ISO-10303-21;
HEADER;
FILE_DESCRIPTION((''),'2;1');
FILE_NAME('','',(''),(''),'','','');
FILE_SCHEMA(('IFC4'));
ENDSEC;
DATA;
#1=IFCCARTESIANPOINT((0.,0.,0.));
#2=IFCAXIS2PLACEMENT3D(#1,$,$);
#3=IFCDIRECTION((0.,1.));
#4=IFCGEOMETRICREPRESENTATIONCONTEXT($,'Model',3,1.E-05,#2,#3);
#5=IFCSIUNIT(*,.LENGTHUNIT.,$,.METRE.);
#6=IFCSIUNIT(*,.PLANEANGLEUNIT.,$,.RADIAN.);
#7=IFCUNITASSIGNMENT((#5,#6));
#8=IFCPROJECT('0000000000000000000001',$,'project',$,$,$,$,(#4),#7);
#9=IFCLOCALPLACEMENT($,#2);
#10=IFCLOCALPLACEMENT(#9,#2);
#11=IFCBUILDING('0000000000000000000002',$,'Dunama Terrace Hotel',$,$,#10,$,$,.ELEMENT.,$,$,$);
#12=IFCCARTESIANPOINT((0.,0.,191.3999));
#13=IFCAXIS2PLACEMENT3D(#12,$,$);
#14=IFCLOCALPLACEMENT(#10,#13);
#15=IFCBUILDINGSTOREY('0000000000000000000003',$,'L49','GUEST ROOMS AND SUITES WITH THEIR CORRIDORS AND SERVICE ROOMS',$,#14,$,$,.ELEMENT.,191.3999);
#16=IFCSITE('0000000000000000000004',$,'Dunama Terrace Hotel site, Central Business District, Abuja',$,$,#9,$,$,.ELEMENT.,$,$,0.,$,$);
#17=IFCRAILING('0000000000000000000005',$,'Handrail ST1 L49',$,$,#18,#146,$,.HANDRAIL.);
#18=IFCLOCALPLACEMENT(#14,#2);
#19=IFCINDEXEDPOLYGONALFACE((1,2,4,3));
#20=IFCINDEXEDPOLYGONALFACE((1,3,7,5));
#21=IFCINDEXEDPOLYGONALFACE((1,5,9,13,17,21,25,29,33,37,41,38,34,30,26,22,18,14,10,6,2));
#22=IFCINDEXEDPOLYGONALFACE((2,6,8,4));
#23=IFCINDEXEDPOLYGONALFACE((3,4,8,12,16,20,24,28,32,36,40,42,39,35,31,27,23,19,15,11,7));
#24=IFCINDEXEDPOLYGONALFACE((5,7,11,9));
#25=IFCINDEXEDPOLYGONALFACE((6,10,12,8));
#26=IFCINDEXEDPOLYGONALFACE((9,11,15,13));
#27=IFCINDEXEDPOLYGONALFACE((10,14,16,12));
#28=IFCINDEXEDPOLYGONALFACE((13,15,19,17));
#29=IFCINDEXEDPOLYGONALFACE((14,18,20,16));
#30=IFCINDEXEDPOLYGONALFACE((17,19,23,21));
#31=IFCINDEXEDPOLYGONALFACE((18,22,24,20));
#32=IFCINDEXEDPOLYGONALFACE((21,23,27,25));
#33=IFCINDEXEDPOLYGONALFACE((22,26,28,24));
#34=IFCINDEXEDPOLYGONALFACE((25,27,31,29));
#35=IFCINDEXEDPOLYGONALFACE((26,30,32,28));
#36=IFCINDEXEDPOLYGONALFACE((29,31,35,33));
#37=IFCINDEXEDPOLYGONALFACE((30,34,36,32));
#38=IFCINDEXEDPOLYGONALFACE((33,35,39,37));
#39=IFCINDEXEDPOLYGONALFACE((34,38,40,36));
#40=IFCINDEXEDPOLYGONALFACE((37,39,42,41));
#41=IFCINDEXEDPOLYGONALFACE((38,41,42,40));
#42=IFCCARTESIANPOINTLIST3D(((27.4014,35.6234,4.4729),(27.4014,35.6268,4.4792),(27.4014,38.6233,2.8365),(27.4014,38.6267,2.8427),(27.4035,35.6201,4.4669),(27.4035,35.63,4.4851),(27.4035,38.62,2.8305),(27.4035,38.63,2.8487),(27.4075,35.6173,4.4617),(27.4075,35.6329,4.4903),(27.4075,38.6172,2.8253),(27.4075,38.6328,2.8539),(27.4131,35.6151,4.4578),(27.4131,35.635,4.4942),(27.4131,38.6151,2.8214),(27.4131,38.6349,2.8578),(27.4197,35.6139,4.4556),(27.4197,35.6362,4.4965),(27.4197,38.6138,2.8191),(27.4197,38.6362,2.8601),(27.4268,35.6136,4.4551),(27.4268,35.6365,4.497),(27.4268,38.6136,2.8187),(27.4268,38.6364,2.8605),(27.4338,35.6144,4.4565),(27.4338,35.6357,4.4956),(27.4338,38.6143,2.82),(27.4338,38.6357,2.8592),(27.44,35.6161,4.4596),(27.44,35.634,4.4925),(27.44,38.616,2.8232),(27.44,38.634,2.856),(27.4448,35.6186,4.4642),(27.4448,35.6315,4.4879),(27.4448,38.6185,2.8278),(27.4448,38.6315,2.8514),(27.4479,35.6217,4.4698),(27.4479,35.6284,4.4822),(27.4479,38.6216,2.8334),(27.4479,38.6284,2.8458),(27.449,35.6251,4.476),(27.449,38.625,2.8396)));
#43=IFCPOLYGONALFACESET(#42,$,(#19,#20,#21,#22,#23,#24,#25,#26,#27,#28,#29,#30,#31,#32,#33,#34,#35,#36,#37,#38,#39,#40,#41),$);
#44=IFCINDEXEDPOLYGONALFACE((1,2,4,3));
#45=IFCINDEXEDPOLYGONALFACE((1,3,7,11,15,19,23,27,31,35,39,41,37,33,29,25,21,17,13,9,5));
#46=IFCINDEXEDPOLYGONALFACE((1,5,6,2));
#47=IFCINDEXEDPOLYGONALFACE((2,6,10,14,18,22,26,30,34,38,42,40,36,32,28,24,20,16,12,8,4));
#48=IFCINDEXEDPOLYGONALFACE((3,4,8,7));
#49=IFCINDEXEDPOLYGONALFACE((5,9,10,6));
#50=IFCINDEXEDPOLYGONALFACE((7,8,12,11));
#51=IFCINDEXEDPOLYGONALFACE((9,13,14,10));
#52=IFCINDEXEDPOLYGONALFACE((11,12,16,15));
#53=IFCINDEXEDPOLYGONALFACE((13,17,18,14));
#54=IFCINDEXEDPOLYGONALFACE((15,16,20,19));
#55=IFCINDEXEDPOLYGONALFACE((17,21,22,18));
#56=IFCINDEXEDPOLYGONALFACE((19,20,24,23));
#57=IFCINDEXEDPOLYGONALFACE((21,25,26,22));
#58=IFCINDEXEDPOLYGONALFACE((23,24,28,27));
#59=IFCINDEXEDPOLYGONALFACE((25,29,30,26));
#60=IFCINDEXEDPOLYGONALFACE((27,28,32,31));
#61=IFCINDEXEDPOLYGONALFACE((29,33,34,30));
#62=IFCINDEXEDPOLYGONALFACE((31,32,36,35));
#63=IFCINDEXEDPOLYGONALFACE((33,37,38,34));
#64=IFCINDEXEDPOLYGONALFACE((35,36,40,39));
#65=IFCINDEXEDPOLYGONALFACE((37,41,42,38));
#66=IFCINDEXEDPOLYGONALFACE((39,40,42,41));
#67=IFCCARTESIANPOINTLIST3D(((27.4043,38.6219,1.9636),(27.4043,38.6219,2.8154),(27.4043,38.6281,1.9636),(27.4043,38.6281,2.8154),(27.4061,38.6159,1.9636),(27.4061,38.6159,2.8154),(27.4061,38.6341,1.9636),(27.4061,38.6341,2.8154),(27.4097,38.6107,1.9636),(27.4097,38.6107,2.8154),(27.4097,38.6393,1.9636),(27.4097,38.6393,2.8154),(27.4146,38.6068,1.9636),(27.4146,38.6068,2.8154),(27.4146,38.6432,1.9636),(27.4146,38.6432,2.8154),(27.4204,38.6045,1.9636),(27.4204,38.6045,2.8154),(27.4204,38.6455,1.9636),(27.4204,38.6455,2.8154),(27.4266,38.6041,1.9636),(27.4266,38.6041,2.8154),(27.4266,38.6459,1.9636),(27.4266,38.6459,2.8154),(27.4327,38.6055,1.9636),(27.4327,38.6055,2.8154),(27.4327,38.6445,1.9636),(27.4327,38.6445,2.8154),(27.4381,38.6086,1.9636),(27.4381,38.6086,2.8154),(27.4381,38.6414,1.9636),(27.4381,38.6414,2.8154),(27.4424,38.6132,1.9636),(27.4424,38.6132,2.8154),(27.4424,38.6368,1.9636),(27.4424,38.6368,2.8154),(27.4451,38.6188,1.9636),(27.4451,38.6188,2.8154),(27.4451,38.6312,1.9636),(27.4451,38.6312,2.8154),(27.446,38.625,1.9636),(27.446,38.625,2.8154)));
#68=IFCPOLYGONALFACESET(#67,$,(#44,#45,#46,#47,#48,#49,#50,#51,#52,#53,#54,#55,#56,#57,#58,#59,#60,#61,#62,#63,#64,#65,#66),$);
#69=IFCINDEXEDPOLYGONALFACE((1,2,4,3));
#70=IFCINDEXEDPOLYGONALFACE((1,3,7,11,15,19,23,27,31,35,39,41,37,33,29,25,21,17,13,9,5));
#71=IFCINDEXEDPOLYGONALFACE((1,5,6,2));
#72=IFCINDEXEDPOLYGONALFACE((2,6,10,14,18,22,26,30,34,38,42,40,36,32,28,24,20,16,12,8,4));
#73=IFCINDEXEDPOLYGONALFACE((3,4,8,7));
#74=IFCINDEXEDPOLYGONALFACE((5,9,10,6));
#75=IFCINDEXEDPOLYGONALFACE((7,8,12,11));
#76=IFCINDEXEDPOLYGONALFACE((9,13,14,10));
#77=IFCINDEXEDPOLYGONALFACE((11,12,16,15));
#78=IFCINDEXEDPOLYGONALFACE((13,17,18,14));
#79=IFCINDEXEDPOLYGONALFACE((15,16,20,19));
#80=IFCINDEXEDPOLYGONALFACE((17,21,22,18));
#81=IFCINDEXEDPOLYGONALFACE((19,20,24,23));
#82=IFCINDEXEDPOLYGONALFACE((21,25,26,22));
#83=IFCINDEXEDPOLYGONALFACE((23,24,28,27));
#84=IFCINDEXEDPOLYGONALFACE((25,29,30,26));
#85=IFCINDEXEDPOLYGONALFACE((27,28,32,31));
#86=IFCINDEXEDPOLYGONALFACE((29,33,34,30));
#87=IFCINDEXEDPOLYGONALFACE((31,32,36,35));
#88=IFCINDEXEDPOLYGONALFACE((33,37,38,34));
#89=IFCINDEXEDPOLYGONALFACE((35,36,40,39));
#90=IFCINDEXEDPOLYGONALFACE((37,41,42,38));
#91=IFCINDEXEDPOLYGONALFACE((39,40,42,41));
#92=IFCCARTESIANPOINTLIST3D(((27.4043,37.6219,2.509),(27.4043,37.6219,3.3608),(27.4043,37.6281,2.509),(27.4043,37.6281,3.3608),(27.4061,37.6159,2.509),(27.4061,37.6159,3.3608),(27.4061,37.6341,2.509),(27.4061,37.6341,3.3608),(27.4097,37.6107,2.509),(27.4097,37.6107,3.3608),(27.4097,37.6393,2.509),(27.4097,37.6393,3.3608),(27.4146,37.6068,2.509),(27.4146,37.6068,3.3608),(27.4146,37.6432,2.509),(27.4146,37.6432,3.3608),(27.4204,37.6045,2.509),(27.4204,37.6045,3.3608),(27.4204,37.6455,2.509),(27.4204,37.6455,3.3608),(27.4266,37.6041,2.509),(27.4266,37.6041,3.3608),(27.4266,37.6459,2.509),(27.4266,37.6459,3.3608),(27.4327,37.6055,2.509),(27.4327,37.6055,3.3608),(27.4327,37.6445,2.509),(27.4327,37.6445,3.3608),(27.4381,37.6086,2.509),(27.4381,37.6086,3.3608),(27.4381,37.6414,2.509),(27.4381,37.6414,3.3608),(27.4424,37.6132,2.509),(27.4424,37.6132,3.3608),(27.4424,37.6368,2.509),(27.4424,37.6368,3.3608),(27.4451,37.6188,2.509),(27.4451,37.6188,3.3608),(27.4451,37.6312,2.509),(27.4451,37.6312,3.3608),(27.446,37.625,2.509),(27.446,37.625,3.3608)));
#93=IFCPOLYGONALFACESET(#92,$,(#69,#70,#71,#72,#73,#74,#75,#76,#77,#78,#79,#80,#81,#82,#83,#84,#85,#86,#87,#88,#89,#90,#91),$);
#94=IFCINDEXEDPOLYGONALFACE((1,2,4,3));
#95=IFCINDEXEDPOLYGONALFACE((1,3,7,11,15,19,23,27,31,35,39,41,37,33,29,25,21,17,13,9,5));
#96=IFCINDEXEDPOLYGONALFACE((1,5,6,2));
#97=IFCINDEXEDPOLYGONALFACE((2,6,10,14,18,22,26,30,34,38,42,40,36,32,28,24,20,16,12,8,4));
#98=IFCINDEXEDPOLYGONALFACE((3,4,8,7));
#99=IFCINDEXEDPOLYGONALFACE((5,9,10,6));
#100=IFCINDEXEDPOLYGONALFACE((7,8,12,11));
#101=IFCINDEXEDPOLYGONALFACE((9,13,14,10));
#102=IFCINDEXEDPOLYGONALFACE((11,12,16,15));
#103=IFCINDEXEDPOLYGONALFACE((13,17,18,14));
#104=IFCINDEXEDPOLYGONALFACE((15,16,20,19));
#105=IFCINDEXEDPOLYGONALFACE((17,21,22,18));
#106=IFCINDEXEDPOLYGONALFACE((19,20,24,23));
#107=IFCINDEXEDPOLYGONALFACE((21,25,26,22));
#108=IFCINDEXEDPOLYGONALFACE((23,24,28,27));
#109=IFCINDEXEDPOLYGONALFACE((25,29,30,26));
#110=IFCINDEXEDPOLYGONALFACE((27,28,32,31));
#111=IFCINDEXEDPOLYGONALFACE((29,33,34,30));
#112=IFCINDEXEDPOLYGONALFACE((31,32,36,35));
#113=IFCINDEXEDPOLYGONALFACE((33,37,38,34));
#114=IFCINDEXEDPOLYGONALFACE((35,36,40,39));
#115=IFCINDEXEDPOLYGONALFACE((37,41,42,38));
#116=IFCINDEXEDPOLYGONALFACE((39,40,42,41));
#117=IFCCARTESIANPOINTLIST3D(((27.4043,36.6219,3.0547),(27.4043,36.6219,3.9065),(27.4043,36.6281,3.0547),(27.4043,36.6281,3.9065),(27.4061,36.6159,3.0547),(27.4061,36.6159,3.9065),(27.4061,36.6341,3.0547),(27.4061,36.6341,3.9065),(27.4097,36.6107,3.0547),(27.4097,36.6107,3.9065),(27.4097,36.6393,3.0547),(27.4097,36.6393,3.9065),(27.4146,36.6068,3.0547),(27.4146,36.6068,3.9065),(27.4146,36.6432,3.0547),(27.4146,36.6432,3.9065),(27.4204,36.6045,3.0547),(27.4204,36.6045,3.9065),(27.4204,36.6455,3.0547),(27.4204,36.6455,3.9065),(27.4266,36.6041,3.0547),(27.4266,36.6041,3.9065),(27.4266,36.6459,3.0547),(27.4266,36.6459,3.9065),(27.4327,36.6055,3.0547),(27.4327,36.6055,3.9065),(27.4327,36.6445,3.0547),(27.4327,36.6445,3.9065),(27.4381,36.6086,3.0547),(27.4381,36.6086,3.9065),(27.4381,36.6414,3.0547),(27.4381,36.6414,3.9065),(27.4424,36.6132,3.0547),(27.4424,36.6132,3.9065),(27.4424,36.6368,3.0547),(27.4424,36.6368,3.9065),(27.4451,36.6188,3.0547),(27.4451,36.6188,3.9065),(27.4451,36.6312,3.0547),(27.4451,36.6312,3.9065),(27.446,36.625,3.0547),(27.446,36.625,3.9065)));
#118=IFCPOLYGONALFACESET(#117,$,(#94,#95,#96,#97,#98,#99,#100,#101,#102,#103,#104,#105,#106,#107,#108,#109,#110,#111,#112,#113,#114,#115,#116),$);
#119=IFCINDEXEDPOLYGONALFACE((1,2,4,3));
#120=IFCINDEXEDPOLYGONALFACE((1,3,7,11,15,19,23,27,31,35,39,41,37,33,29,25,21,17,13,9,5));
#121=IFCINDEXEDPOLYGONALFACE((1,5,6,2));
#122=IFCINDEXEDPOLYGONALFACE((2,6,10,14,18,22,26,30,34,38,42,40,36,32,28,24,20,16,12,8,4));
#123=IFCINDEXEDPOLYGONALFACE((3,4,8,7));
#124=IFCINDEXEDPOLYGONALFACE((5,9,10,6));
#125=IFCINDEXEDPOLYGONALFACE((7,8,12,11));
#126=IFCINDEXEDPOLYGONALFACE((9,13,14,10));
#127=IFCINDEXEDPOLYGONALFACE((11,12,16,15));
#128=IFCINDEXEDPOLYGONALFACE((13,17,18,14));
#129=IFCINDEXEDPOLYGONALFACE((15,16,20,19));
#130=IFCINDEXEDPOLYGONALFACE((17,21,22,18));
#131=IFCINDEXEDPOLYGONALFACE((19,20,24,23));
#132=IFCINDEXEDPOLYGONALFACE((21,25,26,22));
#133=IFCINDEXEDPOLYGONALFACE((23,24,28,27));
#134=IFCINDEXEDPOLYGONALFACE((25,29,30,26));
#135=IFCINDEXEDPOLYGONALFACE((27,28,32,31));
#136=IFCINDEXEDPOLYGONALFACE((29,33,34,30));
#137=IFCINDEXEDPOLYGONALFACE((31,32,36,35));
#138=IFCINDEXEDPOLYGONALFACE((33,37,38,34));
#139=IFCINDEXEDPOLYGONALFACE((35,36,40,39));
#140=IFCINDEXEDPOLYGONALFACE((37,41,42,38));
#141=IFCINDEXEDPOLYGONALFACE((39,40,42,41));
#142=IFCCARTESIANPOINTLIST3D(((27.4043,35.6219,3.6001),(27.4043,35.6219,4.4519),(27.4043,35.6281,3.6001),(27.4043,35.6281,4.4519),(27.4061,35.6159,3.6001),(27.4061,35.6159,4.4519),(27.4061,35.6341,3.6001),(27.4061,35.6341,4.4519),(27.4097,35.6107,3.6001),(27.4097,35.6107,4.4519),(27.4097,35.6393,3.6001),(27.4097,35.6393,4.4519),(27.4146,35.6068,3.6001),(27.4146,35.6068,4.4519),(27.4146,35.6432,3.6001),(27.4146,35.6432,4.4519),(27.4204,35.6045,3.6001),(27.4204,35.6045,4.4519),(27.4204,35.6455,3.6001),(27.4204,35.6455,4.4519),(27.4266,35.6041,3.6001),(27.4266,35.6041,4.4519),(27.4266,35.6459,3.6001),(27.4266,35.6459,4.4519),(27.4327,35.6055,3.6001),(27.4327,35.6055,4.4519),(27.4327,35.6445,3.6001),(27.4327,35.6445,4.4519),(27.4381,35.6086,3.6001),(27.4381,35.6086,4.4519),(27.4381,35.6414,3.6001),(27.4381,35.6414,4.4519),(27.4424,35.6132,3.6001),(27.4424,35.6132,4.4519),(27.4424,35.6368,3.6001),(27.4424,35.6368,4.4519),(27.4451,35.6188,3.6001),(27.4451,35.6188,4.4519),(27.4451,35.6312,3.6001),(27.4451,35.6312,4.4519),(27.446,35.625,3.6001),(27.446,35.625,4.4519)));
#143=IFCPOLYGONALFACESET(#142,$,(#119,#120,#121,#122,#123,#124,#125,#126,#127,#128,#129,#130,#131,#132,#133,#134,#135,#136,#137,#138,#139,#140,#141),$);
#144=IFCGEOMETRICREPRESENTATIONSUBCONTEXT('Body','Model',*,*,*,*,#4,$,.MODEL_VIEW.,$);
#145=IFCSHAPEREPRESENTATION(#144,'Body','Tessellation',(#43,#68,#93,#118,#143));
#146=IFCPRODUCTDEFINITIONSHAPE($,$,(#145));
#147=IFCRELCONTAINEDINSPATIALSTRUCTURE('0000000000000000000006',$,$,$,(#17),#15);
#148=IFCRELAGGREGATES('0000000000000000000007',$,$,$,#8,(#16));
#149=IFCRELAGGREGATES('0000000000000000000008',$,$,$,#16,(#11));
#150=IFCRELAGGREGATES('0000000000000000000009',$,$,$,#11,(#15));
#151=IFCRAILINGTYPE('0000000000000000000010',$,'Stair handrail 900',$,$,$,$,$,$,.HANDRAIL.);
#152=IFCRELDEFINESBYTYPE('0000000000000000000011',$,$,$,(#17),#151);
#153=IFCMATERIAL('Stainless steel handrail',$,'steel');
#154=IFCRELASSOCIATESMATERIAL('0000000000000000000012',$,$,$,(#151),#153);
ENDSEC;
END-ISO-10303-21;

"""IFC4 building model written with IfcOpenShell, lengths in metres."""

from ifc_helpers import new_model, si_unit, direction, frame, origin, origin_2d, place, context, subcontext, project, spatial, circle, extrude, material, type_object, element, save


model = new_model("IFC4")

# Units and contexts
model_context = context("Model", 3, precision=1e-05, world=origin(), true_north=direction((0.0, 1.0)))
body_context = subcontext(model_context, "Body", "Model", "MODEL_VIEW")
ifc_project = project(units=[si_unit("LENGTHUNIT", "METRE"), si_unit("PLANEANGLEUNIT", "RADIAN")], contexts=[model_context])

# Site, building, storey
site_placement = place(None, origin())
site = spatial("IfcSite", under=ifc_project, at=site_placement, Name="Dunama Terrace Hotel site, Central Business District, Abuja", CompositionType="ELEMENT", RefElevation=0.0)
building_placement = place(site_placement, origin())
building = spatial("IfcBuilding", under=site, at=building_placement, Name="Dunama Terrace Hotel", CompositionType="ELEMENT")
storey_placement = place(building_placement, frame((0.0, 0.0, 191.3999)))
storey = spatial("IfcBuildingStorey", under=building, at=storey_placement, Name="L49", Description="GUEST ROOMS AND SUITES WITH THEIR CORRIDORS AND SERVICE ROOMS", CompositionType="ELEMENT", Elevation=191.3999)

# Railing
ifc_material_1 = material(Name="Stainless steel handrail", Category="steel")
railing_type = type_object("IfcRailingType", Name="Stair handrail 900", PredefinedType="HANDRAIL", material=ifc_material_1)
railing_1_placement = place(storey_placement, frame((27.425, 38.625, 1.9636)))
element("IfcRailing", 1, at=railing_1_placement, inside=storey, type_object=railing_type, Name="Handrail ST1 L49", PredefinedType="HANDRAIL", context=body_context, shape_type="SweptSolid", body=[
    extrude(circle(Radius=0.0239, at=origin_2d()), frame((0.0, 0.0, 0.876), z_axis=(0.0, -0.877882, 0.478877), x_axis=(1.0, 0.0, 0.0)), (0.0, 0.0, 1.0), 3.4172),
    extrude(circle(Radius=0.021, at=origin_2d()), origin(), (0.0, 0.0, 1.0), 0.8518),
    extrude(circle(Radius=0.021, at=origin_2d()), frame((0.0, -1.0, 0.5454)), (0.0, 0.0, 1.0), 0.8518),
    extrude(circle(Radius=0.021, at=origin_2d()), frame((0.0, -2.0, 1.0911)), (0.0, 0.0, 1.0), 0.8518),
    extrude(circle(Radius=0.021, at=origin_2d()), frame((0.0, -3.0, 1.6365)), (0.0, 0.0, 1.0), 0.8518),
])

save(model, "model.ifc")
